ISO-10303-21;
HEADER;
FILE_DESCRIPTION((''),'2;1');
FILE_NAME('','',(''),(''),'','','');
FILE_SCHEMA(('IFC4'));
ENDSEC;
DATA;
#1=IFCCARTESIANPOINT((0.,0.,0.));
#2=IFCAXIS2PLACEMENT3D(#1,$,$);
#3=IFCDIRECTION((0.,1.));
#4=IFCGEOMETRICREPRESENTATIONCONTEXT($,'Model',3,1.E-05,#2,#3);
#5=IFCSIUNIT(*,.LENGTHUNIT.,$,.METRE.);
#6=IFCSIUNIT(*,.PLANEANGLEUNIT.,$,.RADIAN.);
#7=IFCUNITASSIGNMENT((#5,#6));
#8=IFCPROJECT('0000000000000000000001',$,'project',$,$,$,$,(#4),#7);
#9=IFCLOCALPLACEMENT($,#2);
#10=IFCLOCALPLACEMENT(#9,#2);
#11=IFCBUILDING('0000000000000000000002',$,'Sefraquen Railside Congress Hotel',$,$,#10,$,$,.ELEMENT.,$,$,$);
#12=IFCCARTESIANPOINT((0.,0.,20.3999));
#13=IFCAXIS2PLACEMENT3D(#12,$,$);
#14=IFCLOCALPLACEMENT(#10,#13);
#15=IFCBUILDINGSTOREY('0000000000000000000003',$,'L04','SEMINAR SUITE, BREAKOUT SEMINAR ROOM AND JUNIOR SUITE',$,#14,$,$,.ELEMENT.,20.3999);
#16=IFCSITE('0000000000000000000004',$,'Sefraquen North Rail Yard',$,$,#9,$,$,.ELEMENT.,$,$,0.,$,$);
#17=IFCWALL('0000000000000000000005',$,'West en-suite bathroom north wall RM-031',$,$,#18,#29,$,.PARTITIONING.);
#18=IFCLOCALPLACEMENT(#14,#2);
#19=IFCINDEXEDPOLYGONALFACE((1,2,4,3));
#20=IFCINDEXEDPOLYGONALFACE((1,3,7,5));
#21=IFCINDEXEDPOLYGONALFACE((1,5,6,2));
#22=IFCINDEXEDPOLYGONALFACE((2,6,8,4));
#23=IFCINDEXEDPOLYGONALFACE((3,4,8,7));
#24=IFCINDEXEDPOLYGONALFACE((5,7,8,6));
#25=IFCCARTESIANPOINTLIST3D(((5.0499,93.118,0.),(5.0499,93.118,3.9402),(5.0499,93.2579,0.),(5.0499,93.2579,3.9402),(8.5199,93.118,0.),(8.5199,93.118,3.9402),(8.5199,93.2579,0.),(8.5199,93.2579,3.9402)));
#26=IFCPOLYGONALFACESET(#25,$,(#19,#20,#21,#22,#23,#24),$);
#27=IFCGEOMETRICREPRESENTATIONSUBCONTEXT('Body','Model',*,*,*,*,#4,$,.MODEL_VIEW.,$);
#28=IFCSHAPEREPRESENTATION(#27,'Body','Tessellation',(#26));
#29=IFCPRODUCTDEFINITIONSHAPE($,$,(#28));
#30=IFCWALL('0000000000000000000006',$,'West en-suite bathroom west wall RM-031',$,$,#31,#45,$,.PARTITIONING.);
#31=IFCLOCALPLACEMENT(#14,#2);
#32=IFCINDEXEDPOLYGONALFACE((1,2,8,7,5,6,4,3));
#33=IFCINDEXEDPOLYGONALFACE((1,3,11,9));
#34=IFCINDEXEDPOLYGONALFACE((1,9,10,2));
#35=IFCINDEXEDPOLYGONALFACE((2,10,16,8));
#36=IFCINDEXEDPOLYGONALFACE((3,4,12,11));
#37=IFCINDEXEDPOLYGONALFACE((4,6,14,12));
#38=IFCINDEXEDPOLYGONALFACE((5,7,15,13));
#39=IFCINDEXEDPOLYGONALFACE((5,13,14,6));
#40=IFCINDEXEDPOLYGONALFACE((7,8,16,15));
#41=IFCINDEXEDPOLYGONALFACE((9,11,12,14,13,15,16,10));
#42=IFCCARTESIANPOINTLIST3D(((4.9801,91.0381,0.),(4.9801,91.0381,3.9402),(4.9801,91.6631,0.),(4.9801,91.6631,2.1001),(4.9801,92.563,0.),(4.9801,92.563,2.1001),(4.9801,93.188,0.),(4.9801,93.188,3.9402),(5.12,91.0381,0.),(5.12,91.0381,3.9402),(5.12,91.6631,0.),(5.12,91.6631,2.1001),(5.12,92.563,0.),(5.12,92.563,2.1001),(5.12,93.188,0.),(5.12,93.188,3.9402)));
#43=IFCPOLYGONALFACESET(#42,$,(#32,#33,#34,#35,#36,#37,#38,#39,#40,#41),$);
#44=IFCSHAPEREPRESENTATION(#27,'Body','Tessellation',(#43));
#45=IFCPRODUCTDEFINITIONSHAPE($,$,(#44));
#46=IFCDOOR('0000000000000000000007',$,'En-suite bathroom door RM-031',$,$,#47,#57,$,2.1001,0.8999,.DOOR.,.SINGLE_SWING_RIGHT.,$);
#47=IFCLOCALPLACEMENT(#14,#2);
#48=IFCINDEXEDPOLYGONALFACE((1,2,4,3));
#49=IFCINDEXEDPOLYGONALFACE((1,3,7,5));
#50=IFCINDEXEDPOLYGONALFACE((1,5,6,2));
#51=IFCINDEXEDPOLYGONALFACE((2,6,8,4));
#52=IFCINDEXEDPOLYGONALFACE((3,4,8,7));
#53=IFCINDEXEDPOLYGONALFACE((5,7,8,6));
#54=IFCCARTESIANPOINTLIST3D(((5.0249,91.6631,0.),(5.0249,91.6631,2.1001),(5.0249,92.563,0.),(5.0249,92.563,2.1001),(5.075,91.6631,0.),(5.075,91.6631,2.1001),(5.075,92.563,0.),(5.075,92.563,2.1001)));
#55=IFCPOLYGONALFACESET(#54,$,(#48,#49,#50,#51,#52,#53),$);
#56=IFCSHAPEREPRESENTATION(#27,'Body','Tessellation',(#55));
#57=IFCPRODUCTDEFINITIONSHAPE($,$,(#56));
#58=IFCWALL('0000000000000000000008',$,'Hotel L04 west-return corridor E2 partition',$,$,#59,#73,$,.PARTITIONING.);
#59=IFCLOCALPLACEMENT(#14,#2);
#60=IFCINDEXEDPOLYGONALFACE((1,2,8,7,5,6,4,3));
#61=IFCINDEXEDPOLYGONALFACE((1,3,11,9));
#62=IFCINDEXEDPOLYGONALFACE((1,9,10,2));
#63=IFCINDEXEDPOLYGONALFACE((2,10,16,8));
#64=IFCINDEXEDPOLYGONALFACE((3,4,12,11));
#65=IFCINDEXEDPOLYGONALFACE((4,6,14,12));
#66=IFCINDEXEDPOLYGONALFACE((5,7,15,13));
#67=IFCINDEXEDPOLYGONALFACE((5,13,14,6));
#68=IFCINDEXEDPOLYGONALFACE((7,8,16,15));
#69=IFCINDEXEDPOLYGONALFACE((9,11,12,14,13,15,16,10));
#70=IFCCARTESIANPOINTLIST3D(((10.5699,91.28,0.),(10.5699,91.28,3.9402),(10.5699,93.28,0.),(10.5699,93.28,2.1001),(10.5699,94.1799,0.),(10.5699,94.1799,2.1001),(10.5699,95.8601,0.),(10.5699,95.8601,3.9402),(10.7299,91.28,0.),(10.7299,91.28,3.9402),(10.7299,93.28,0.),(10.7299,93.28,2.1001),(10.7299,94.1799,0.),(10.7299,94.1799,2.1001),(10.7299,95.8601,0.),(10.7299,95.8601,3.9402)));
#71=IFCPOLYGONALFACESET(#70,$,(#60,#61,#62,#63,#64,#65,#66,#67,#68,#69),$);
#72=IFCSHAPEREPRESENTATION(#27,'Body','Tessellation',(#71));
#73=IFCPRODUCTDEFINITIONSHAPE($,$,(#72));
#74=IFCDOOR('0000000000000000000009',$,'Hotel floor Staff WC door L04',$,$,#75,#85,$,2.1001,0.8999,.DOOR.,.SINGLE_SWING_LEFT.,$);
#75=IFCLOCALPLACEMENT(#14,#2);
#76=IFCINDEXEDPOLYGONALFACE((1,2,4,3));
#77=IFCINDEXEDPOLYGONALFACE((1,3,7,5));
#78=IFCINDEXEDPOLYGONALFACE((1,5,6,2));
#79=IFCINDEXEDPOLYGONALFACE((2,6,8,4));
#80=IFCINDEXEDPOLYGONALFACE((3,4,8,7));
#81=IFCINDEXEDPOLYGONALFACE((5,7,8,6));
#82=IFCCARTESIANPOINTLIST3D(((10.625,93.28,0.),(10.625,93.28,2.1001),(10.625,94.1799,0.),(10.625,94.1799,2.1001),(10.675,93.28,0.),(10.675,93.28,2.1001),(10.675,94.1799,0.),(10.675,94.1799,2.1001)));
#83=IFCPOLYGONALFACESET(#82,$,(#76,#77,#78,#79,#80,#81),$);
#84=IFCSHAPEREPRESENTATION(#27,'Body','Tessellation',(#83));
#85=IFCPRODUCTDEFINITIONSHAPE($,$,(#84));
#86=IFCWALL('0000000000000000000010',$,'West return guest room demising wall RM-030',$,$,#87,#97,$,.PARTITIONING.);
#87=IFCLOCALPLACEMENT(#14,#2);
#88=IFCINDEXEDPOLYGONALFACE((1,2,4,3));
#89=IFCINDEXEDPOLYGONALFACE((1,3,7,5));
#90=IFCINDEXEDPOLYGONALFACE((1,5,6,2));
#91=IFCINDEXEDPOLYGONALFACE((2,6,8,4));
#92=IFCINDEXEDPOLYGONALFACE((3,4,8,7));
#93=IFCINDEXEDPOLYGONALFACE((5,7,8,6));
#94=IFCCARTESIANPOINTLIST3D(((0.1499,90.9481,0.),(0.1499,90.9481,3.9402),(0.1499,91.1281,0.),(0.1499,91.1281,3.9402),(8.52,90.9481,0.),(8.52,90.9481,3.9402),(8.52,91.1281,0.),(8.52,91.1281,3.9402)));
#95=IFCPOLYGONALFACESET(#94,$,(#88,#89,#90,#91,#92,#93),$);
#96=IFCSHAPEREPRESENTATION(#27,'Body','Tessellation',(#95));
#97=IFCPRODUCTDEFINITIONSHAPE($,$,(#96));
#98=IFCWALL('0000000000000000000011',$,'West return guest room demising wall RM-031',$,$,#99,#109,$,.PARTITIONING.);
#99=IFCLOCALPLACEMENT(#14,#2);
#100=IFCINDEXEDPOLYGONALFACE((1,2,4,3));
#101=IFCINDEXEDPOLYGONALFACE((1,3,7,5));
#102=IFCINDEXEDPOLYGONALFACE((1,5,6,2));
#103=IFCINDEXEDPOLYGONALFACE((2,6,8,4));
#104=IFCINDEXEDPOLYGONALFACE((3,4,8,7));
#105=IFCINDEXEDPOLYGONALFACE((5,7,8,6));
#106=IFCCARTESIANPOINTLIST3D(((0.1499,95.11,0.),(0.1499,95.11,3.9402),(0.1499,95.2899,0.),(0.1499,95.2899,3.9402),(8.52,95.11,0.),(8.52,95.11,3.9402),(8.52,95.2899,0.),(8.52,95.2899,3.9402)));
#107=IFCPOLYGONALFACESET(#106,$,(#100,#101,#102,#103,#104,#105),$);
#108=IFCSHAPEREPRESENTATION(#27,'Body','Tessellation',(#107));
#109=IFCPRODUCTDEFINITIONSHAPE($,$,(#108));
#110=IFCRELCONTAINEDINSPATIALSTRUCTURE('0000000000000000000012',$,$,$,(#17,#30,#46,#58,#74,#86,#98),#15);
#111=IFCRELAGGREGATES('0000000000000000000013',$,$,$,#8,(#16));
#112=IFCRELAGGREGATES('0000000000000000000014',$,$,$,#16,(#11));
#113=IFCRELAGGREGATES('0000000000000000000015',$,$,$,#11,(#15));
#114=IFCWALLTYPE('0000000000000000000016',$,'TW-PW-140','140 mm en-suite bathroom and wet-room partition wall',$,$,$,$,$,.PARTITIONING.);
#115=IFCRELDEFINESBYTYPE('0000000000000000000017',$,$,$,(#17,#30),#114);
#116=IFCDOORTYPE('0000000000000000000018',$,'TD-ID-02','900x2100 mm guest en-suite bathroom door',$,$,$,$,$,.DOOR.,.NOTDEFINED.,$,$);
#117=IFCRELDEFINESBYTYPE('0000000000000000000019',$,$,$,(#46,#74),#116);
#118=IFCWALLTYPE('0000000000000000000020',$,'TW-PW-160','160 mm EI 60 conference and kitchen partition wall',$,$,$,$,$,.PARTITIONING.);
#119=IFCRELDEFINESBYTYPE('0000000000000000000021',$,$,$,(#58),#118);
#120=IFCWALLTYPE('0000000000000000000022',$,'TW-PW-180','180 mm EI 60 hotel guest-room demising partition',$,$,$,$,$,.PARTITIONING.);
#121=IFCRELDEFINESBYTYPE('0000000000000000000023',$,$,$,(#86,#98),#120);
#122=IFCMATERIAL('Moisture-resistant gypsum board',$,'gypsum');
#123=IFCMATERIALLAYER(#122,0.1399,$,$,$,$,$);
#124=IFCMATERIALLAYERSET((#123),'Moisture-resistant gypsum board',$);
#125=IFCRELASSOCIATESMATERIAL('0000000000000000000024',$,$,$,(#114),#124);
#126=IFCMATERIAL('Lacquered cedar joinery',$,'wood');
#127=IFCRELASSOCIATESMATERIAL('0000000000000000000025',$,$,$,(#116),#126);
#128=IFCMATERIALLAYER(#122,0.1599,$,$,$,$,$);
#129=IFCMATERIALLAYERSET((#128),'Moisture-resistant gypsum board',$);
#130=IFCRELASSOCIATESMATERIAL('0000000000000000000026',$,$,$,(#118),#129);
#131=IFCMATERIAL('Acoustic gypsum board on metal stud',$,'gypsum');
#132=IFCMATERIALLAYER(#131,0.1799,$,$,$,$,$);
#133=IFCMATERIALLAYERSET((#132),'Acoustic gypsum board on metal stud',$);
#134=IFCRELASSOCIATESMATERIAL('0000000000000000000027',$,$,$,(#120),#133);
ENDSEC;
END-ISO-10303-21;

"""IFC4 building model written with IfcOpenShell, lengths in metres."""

from ifc_helpers import new_model, si_unit, direction, frame, frame_2d, origin, place, context, subcontext, project, spatial, rectangle, extrude, material, layer, layer_set, type_object, element, fill, save


model = new_model("IFC4")

# Units and contexts
model_context = context("Model", 3, precision=1e-05, world=origin(), true_north=direction((0.0, 1.0)))
body_context = subcontext(model_context, "Body", "Model", "MODEL_VIEW")
ifc_project = project(units=[si_unit("LENGTHUNIT", "METRE"), si_unit("PLANEANGLEUNIT", "RADIAN")], contexts=[model_context])

# Site, building, storey
site_placement = place(None, origin())
site = spatial("IfcSite", under=ifc_project, at=site_placement, Name="Sefraquen North Rail Yard", CompositionType="ELEMENT", RefElevation=0.0)
building_placement = place(site_placement, origin())
building = spatial("IfcBuilding", under=site, at=building_placement, Name="Sefraquen Railside Congress Hotel", CompositionType="ELEMENT")
storey_placement = place(building_placement, frame((0.0, 0.0, 20.3999)))
storey = spatial("IfcBuildingStorey", under=building, at=storey_placement, Name="L04", Description="SEMINAR SUITE, BREAKOUT SEMINAR ROOM AND JUNIOR SUITE", CompositionType="ELEMENT", Elevation=20.3999)

# Wall
ifc_material_1 = material(Name="Moisture-resistant gypsum board", Category="gypsum")
ifc_layer_1 = layer(ifc_material_1, 0.1399)
ifc_layer_set_1 = layer_set([ifc_layer_1], Name="Moisture-resistant gypsum board")
wall_type_1 = type_object("IfcWallType", Name="TW-PW-140", Description="140 mm en-suite bathroom and wet-room partition wall", PredefinedType="PARTITIONING", material=ifc_layer_set_1)
for number, where, z_axis, x_axis, name in (
    (1, (5.05, 93.188, 0.0), (0.0, 0.0, 1.0), (1.0, 0.0, 0.0), "West en-suite bathroom north wall RM-031"),
):
    element("IfcWall", number, at=place(storey_placement, frame(where, z_axis=z_axis, x_axis=x_axis)), inside=storey, type_object=wall_type_1, Name=name, PredefinedType="PARTITIONING", context=body_context, shape_type="SweptSolid", body=[
        extrude(rectangle(XDim=3.47, YDim=0.1399, at=frame_2d((1.7349, 0.0))), origin(), (0.0, 0.0, 1.0), 3.9402),
    ])

# Walls, openings, doors
wall_1_placement = place(storey_placement, frame((5.05, 91.0381, 0.0), z_axis=(0.0, 0.0, 1.0), x_axis=(0.0, 1.0, 0.0)))
wall_1 = element("IfcWall", 2, at=wall_1_placement, inside=storey, type_object=wall_type_1, Name="West en-suite bathroom west wall RM-031", PredefinedType="PARTITIONING", context=body_context, shape_type="SweptSolid", body=[
    extrude(rectangle(XDim=2.1499, YDim=0.1399, at=frame_2d((1.075, 0.0))), origin(), (0.0, 0.0, 1.0), 3.9402),
])
opening_1_placement = place(wall_1_placement, frame((0.625, 0.0, 0.0)))
opening_1 = element("IfcOpeningElement", 3, at=opening_1_placement, cuts=wall_1, PredefinedType="OPENING", context=body_context, shape_type="SweptSolid", body=[
    extrude(rectangle(XDim=0.8999, YDim=2.1001, at=frame_2d((0.45, 1.05))), frame((0.0, 0.0798, 0.0), z_axis=(0.0, -1.0, 0.0), x_axis=(1.0, 0.0, 0.0)), (0.0, 0.0, 1.0), 0.1599),
])
ifc_material_2 = material(Name="Lacquered cedar joinery", Category="wood")
door_type = type_object("IfcDoorType", Name="TD-ID-02", Description="900x2100 mm guest en-suite bathroom door", OperationType="NOTDEFINED", PredefinedType="DOOR", material=ifc_material_2)
door_1_placement = place(opening_1_placement, frame((0.8999, 0.0, 0.0), z_axis=(0.0, 0.0, 1.0), x_axis=(-1.0, 0.0, 0.0)))
door_1 = element("IfcDoor", 4, at=door_1_placement, inside=storey, type_object=door_type, Name="En-suite bathroom door RM-031", OperationType="SINGLE_SWING_RIGHT", OverallHeight=2.1001, OverallWidth=0.8999, PredefinedType="DOOR", context=body_context, shape_type="SweptSolid", body=[
    extrude(rectangle(XDim=0.8999, YDim=2.1001, at=frame_2d((0.45, 1.05))), frame((0.0, 0.0249, 0.0), z_axis=(0.0, -1.0, 0.0), x_axis=(1.0, 0.0, 0.0)), (0.0, 0.0, 1.0), 0.05),
])
fill(opening_1, door_1)
ifc_layer_2 = layer(ifc_material_1, 0.1599)
ifc_layer_set_2 = layer_set([ifc_layer_2], Name="Moisture-resistant gypsum board")
wall_type_2 = type_object("IfcWallType", Name="TW-PW-160", Description="160 mm EI 60 conference and kitchen partition wall", PredefinedType="PARTITIONING", material=ifc_layer_set_2)
wall_2_placement = place(storey_placement, frame((10.6499, 91.28, 0.0), z_axis=(0.0, 0.0, 1.0), x_axis=(0.0, 1.0, 0.0)))
wall_2 = element("IfcWall", 5, at=wall_2_placement, inside=storey, type_object=wall_type_2, Name="Hotel L04 west-return corridor E2 partition", PredefinedType="PARTITIONING", context=body_context, shape_type="SweptSolid", body=[
    extrude(rectangle(XDim=4.5801, YDim=0.1599, at=frame_2d((2.29, 0.0))), origin(), (0.0, 0.0, 1.0), 3.9402),
])
opening_2_placement = place(wall_2_placement, frame((2.0, 0.0, 0.0)))
opening_2 = element("IfcOpeningElement", 6, at=opening_2_placement, cuts=wall_2, PredefinedType="OPENING", context=body_context, shape_type="SweptSolid", body=[
    extrude(rectangle(XDim=0.8999, YDim=2.1001, at=frame_2d((0.45, 1.05))), frame((0.0, 0.0898, 0.0), z_axis=(0.0, -1.0, 0.0), x_axis=(1.0, 0.0, 0.0)), (0.0, 0.0, 1.0), 0.1799),
])
door_2_placement = place(opening_2_placement, origin())
door_2 = element("IfcDoor", 7, at=door_2_placement, inside=storey, type_object=door_type, Name="Hotel floor Staff WC door L04", OperationType="SINGLE_SWING_LEFT", OverallHeight=2.1001, OverallWidth=0.8999, PredefinedType="DOOR", context=body_context, shape_type="SweptSolid", body=[
    extrude(rectangle(XDim=0.8999, YDim=2.1001, at=frame_2d((0.45, 1.05))), frame((0.0, 0.0249, 0.0), z_axis=(0.0, -1.0, 0.0), x_axis=(1.0, 0.0, 0.0)), (0.0, 0.0, 1.0), 0.05),
])
fill(opening_2, door_2)

# Walls
ifc_material_3 = material(Name="Acoustic gypsum board on metal stud", Category="gypsum")
ifc_layer_3 = layer(ifc_material_3, 0.1799)
ifc_layer_set_3 = layer_set([ifc_layer_3], Name="Acoustic gypsum board on metal stud")
wall_type_3 = type_object("IfcWallType", Name="TW-PW-180", Description="180 mm EI 60 hotel guest-room demising partition", PredefinedType="PARTITIONING", material=ifc_layer_set_3)
for number, where, z_axis, x_axis, name in (
    (8, (0.1499, 91.0381, 0.0), (0.0, 0.0, 1.0), (1.0, 0.0, 0.0), "West return guest room demising wall RM-030"),
    (9, (0.1499, 95.2, 0.0), (0.0, 0.0, 1.0), (1.0, 0.0, 0.0), "West return guest room demising wall RM-031"),
):
    element("IfcWall", number, at=place(storey_placement, frame(where, z_axis=z_axis, x_axis=x_axis)), inside=storey, type_object=wall_type_3, Name=name, PredefinedType="PARTITIONING", context=body_context, shape_type="SweptSolid", body=[
        extrude(rectangle(XDim=8.3701, YDim=0.1799, at=frame_2d((4.1851, 0.0))), origin(), (0.0, 0.0, 1.0), 3.9402),
    ])

save(model, "model.ifc")
